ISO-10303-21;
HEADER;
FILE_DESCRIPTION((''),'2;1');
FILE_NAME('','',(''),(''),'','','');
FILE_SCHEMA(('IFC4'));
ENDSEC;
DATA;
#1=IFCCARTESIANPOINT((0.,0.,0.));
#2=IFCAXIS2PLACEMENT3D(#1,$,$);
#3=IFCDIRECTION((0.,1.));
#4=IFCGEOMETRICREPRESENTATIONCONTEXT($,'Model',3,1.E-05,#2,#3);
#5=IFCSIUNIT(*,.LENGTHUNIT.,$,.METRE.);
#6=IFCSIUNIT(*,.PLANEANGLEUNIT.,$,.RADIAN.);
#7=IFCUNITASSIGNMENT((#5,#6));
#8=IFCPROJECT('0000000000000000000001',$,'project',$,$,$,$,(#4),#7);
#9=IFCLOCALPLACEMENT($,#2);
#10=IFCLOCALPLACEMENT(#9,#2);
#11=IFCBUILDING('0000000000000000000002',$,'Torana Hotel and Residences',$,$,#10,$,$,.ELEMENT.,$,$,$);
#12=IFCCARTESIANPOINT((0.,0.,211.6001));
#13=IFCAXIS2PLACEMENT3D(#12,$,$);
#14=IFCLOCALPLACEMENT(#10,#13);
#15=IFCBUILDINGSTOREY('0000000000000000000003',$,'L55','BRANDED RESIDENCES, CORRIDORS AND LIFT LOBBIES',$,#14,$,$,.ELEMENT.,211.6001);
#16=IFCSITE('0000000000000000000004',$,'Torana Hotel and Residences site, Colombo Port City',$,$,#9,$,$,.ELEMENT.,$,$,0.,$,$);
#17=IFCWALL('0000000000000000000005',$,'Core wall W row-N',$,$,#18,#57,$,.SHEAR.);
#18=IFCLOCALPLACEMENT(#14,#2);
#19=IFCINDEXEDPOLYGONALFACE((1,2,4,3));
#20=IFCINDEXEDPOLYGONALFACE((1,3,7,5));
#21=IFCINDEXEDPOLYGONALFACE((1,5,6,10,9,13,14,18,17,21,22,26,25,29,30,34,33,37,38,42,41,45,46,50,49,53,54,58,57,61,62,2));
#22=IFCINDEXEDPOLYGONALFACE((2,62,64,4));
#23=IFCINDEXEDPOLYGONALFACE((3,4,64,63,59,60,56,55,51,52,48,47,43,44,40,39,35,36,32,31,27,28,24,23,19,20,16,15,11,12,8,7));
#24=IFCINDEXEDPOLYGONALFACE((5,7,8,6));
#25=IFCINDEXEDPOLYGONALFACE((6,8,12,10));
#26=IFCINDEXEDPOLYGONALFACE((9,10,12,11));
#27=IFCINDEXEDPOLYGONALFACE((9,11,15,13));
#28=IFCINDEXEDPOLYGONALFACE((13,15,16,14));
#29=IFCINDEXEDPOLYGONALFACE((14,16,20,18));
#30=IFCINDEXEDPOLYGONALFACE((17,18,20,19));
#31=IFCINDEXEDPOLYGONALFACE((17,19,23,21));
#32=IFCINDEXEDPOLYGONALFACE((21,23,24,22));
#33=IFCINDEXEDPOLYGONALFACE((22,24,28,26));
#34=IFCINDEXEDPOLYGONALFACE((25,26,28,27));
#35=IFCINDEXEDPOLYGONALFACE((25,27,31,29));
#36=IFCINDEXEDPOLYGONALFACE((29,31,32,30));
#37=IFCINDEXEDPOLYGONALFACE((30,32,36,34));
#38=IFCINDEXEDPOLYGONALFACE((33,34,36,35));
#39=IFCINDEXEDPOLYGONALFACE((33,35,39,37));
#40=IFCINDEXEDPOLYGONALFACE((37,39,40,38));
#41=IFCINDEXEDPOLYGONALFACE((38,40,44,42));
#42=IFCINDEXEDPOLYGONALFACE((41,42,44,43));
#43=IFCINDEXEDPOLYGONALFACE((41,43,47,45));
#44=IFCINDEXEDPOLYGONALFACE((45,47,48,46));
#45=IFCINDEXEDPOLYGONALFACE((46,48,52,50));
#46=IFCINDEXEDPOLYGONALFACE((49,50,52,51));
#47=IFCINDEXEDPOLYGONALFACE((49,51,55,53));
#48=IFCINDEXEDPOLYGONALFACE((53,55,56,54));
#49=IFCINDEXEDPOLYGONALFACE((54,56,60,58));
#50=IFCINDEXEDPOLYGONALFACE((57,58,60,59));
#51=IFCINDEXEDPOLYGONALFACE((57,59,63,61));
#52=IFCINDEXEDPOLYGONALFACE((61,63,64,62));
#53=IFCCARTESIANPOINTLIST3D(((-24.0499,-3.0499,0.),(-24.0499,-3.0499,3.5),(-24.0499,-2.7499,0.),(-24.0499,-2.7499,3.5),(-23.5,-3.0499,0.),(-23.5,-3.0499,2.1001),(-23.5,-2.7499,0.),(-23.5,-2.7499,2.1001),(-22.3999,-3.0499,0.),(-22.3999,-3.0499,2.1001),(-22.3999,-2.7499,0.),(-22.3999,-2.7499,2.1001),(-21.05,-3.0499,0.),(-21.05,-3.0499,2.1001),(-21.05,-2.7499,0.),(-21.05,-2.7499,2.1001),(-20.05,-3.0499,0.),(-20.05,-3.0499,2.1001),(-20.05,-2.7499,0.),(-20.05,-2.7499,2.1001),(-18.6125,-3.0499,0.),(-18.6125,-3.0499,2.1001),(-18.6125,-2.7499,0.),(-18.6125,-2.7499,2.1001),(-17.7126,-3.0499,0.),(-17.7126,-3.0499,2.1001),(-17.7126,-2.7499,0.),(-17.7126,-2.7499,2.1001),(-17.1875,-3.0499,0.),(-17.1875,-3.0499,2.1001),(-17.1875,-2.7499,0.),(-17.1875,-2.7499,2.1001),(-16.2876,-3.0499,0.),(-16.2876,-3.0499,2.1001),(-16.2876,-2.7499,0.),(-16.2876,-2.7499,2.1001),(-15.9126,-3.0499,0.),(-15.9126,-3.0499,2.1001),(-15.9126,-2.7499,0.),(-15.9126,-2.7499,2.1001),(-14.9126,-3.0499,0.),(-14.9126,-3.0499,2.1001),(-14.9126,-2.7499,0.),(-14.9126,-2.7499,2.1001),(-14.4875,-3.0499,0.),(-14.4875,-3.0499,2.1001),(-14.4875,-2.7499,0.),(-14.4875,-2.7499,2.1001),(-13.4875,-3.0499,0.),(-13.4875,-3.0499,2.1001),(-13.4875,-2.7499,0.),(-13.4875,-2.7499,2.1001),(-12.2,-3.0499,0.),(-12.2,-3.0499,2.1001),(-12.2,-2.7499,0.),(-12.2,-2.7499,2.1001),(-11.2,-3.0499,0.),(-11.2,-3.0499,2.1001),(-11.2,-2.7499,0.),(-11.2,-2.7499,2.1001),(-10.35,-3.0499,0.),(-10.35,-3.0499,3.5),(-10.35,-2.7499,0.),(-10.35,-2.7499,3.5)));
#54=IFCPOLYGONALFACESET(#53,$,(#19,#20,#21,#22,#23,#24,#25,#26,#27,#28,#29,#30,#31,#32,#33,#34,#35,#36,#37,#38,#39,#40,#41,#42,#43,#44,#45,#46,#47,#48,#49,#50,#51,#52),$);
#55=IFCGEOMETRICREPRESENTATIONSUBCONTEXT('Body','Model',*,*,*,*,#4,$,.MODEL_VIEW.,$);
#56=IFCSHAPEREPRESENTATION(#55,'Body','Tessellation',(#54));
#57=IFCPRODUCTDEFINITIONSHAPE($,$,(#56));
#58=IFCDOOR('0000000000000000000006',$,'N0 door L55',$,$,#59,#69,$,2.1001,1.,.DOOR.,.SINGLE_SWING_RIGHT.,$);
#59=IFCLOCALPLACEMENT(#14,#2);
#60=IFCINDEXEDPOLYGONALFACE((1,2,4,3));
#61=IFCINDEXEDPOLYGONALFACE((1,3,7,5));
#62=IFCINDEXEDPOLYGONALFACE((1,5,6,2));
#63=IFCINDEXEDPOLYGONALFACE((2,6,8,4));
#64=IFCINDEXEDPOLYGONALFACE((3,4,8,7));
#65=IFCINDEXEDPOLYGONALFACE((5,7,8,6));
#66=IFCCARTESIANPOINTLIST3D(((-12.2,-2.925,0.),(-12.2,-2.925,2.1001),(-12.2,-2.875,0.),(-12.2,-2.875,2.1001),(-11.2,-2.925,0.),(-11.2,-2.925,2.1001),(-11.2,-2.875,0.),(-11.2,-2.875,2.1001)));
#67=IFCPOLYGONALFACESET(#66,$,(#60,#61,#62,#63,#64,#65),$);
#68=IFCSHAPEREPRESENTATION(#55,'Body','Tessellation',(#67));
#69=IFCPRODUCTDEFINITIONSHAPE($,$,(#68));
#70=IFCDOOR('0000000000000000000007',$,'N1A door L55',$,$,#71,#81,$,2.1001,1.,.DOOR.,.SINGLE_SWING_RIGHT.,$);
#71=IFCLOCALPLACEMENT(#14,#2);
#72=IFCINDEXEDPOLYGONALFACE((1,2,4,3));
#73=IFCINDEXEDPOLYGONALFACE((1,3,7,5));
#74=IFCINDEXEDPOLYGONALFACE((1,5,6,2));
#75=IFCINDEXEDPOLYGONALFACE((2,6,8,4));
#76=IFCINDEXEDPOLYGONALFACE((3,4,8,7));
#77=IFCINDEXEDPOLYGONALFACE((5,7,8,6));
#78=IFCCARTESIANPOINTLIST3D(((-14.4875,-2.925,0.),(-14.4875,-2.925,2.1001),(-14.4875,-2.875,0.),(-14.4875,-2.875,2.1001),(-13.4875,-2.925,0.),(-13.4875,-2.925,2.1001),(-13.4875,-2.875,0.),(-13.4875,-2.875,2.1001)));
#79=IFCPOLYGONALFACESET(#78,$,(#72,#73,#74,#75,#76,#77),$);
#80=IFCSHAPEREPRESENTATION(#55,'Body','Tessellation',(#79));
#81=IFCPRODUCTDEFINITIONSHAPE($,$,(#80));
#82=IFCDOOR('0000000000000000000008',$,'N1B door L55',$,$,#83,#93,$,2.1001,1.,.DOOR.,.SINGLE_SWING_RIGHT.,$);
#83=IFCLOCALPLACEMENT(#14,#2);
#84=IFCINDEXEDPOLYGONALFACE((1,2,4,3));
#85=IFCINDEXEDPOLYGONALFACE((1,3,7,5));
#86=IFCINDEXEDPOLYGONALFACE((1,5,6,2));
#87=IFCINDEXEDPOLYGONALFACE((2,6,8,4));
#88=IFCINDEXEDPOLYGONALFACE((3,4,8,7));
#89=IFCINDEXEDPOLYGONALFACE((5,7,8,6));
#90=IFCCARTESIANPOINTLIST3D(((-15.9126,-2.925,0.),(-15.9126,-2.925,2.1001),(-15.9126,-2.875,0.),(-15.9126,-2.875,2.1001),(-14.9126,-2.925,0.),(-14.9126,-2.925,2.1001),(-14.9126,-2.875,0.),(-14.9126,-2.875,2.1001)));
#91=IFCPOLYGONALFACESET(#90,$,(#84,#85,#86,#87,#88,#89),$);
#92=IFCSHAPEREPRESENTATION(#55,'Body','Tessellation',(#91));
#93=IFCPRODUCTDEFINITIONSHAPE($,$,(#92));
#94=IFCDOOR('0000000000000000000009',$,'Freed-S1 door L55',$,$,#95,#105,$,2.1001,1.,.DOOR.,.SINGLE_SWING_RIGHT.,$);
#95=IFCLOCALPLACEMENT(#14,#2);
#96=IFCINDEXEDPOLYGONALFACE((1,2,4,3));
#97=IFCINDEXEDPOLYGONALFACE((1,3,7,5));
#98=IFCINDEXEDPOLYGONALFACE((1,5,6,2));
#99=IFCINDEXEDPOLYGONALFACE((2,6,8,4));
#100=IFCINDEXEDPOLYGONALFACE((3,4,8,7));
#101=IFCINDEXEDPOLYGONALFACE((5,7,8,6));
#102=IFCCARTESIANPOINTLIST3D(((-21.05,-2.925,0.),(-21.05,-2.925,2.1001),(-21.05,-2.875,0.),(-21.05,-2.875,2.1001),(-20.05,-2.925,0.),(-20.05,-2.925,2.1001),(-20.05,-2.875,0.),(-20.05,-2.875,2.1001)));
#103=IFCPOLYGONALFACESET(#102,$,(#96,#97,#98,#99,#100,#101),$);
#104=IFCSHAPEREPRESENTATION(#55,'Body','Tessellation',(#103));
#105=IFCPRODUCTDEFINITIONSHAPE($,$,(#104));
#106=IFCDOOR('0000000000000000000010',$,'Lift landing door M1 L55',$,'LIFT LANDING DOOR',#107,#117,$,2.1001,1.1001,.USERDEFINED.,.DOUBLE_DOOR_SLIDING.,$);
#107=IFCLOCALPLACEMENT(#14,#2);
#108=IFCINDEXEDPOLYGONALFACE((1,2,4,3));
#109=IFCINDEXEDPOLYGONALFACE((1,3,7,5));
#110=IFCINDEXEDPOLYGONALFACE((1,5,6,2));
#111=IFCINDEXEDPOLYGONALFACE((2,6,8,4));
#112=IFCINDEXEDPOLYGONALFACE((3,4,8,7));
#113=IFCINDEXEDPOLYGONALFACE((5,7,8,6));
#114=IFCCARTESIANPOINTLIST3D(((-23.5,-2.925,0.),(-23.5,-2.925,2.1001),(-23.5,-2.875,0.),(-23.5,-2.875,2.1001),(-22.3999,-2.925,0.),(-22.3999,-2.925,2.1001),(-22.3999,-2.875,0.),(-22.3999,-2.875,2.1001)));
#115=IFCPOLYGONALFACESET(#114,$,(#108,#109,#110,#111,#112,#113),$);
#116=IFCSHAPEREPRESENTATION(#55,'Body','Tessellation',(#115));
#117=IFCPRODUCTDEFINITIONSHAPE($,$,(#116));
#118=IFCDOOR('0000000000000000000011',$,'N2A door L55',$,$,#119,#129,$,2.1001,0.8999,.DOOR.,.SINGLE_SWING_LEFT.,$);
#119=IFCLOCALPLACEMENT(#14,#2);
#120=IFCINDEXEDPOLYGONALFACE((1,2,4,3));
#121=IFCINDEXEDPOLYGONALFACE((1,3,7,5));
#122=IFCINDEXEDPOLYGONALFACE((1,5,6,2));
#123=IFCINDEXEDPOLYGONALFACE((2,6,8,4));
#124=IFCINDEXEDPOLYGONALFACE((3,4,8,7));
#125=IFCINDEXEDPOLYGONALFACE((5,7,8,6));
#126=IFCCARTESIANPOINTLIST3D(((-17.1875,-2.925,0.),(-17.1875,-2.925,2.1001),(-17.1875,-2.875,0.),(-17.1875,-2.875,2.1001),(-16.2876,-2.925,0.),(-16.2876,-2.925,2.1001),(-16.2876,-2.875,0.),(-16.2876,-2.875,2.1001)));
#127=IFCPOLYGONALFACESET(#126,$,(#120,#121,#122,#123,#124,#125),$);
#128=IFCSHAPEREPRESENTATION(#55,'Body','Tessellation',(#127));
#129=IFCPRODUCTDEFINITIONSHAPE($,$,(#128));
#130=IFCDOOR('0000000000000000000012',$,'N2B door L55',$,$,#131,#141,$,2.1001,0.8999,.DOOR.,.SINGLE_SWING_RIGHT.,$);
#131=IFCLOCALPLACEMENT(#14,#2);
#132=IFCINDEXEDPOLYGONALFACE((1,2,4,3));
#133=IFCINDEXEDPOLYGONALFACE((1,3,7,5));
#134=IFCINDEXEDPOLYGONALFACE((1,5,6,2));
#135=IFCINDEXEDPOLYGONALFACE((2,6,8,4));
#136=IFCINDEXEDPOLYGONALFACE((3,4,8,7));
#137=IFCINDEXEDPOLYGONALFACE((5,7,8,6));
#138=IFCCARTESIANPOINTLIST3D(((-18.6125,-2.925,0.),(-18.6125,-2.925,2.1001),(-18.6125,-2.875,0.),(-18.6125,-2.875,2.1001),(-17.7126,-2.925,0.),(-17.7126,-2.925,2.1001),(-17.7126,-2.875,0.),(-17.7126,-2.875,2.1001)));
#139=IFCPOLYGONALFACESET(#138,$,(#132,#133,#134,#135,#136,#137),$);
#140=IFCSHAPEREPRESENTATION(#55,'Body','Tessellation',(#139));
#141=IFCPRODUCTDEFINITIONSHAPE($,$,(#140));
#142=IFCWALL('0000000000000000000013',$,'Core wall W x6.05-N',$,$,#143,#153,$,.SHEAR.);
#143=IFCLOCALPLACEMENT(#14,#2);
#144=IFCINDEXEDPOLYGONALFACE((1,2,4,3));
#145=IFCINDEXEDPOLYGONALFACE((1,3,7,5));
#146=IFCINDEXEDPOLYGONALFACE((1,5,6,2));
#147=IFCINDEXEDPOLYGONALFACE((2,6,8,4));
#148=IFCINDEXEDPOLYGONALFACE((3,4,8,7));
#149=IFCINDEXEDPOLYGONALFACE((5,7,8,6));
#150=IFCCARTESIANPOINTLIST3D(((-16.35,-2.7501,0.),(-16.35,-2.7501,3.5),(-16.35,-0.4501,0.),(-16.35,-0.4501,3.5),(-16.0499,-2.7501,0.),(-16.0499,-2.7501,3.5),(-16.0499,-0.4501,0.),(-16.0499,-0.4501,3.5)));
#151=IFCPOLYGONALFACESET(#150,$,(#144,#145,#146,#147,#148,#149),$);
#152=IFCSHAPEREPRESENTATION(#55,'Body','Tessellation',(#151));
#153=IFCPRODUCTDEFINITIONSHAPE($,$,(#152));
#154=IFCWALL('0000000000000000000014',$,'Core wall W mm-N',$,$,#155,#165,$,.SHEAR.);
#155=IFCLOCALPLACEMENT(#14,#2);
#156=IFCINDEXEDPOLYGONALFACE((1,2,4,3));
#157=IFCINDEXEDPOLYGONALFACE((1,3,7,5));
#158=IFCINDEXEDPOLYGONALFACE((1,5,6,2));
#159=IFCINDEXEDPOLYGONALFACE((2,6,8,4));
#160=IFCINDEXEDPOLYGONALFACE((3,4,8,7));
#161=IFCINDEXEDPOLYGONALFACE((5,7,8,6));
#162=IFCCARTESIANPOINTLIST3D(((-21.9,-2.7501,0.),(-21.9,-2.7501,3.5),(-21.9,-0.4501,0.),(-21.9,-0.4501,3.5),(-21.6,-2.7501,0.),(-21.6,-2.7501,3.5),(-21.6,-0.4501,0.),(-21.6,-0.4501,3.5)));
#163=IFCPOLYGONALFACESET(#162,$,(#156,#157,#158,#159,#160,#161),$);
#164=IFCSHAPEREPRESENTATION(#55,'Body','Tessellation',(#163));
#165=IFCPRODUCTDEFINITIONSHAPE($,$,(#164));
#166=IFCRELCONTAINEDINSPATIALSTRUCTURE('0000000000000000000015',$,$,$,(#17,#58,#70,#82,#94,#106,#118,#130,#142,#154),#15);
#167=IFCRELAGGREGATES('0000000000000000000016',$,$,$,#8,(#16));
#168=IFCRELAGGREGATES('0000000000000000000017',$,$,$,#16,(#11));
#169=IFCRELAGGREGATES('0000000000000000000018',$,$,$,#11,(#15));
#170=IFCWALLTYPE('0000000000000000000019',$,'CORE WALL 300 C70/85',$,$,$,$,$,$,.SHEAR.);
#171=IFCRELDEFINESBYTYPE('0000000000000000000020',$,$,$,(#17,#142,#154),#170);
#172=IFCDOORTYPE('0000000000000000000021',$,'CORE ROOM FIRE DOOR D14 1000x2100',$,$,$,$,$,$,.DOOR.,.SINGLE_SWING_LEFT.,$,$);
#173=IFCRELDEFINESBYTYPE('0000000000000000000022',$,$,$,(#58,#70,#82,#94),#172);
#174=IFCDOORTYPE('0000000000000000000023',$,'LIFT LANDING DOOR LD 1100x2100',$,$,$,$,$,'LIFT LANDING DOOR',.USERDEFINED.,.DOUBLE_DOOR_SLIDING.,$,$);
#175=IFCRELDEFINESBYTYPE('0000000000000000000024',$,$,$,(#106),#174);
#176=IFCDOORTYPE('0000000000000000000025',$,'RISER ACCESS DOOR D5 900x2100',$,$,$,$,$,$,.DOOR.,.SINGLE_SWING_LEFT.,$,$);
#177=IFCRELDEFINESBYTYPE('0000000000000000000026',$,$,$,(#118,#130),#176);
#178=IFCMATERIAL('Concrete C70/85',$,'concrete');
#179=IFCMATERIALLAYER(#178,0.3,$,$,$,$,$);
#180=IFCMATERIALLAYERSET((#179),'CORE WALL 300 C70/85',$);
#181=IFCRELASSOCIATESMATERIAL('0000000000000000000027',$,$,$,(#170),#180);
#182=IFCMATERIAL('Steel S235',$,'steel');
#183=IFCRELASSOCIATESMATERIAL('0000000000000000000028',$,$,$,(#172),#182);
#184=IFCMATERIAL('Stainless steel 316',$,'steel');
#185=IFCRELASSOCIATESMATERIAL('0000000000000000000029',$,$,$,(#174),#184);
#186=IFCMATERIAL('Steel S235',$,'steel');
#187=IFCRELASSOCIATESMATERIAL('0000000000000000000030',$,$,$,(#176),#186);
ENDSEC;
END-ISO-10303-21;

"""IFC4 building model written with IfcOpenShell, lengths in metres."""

from ifc_helpers import new_model, si_unit, direction, frame, frame_2d, origin, place, context, subcontext, project, spatial, rectangle, extrude, material, layer, layer_set, type_object, element, fill, save


model = new_model("IFC4")

# Units and contexts
model_context = context("Model", 3, precision=1e-05, world=origin(), true_north=direction((0.0, 1.0)))
body_context = subcontext(model_context, "Body", "Model", "MODEL_VIEW")
ifc_project = project(units=[si_unit("LENGTHUNIT", "METRE"), si_unit("PLANEANGLEUNIT", "RADIAN")], contexts=[model_context])

# Site, building, storey
site_placement = place(None, origin())
site = spatial("IfcSite", under=ifc_project, at=site_placement, Name="Torana Hotel and Residences site, Colombo Port City", CompositionType="ELEMENT", RefElevation=0.0)
building_placement = place(site_placement, origin())
building = spatial("IfcBuilding", under=site, at=building_placement, Name="Torana Hotel and Residences", CompositionType="ELEMENT")
storey_placement = place(building_placement, frame((0.0, 0.0, 211.6001)))
storey = spatial("IfcBuildingStorey", under=building, at=storey_placement, Name="L55", Description="BRANDED RESIDENCES, CORRIDORS AND LIFT LOBBIES", CompositionType="ELEMENT", Elevation=211.6001)

# Wall, openings, doors
ifc_material_1 = material(Name="Concrete C70/85", Category="concrete")
ifc_layer_1 = layer(ifc_material_1, 0.3)
ifc_layer_set_1 = layer_set([ifc_layer_1], Name="CORE WALL 300 C70/85")
wall_type_1 = type_object("IfcWallType", Name="CORE WALL 300 C70/85", PredefinedType="SHEAR", material=ifc_layer_set_1)
wall_1_placement = place(storey_placement, frame((-24.05, -2.8999, 0.0), z_axis=(0.0, 0.0, 1.0), x_axis=(1.0, 0.0, 0.0)))
wall_1 = element("IfcWall", 1, at=wall_1_placement, inside=storey, type_object=wall_type_1, Name="Core wall W row-N", PredefinedType="SHEAR", context=body_context, shape_type="SweptSolid", body=[
    extrude(rectangle(XDim=13.7, YDim=0.3, at=frame_2d((6.8501, 0.0))), origin(), (0.0, 0.0, 1.0), 3.5),
])
opening_1_placement = place(wall_1_placement, frame((0.55, 0.0, 0.0)))
opening_1 = element("IfcOpeningElement", 2, at=opening_1_placement, cuts=wall_1, PredefinedType="OPENING", context=body_context, shape_type="SweptSolid", body=[
    extrude(rectangle(XDim=1.1001, YDim=2.1001, at=frame_2d((0.55, 1.05))), frame((0.0, 0.1599, 0.0), z_axis=(0.0, -1.0, 0.0), x_axis=(1.0, 0.0, 0.0)), (0.0, 0.0, 1.0), 0.3201),
])
opening_2_placement = place(wall_1_placement, frame((6.8625, 0.0, 0.0)))
opening_2 = element("IfcOpeningElement", 3, at=opening_2_placement, cuts=wall_1, PredefinedType="OPENING", context=body_context, shape_type="SweptSolid", body=[
    extrude(rectangle(XDim=0.8999, YDim=2.1001, at=frame_2d((0.45, 1.05))), frame((0.0, 0.1599, 0.0), z_axis=(0.0, -1.0, 0.0), x_axis=(1.0, 0.0, 0.0)), (0.0, 0.0, 1.0), 0.3201),
])
opening_3_placement = place(wall_1_placement, frame((5.4375, 0.0, 0.0)))
opening_3 = element("IfcOpeningElement", 4, at=opening_3_placement, cuts=wall_1, PredefinedType="OPENING", context=body_context, shape_type="SweptSolid", body=[
    extrude(rectangle(XDim=0.8999, YDim=2.1001, at=frame_2d((0.45, 1.05))), frame((0.0, 0.1599, 0.0), z_axis=(0.0, -1.0, 0.0), x_axis=(1.0, 0.0, 0.0)), (0.0, 0.0, 1.0), 0.3201),
])
opening_4_placement = place(wall_1_placement, frame((11.8501, 0.0, 0.0)))
opening_4 = element("IfcOpeningElement", 5, at=opening_4_placement, cuts=wall_1, PredefinedType="OPENING", context=body_context, shape_type="SweptSolid", body=[
    extrude(rectangle(XDim=1.0, YDim=2.1001, at=frame_2d((0.5, 1.05))), frame((0.0, 0.1599, 0.0), z_axis=(0.0, -1.0, 0.0), x_axis=(1.0, 0.0, 0.0)), (0.0, 0.0, 1.0), 0.3201),
])
opening_5_placement = place(wall_1_placement, frame((9.5625, 0.0, 0.0)))
opening_5 = element("IfcOpeningElement", 6, at=opening_5_placement, cuts=wall_1, PredefinedType="OPENING", context=body_context, shape_type="SweptSolid", body=[
    extrude(rectangle(XDim=1.0, YDim=2.1001, at=frame_2d((0.5, 1.05))), frame((0.0, 0.1599, 0.0), z_axis=(0.0, -1.0, 0.0), x_axis=(1.0, 0.0, 0.0)), (0.0, 0.0, 1.0), 0.3201),
])
opening_6_placement = place(wall_1_placement, frame((8.1375, 0.0, 0.0)))
opening_6 = element("IfcOpeningElement", 7, at=opening_6_placement, cuts=wall_1, PredefinedType="OPENING", context=body_context, shape_type="SweptSolid", body=[
    extrude(rectangle(XDim=1.0, YDim=2.1001, at=frame_2d((0.5, 1.05))), frame((0.0, 0.1599, 0.0), z_axis=(0.0, -1.0, 0.0), x_axis=(1.0, 0.0, 0.0)), (0.0, 0.0, 1.0), 0.3201),
])
opening_7_placement = place(wall_1_placement, frame((3.0, 0.0, 0.0)))
opening_7 = element("IfcOpeningElement", 8, at=opening_7_placement, cuts=wall_1, PredefinedType="OPENING", context=body_context, shape_type="SweptSolid", body=[
    extrude(rectangle(XDim=1.0, YDim=2.1001, at=frame_2d((0.5, 1.05))), frame((0.0, 0.1599, 0.0), z_axis=(0.0, -1.0, 0.0), x_axis=(1.0, 0.0, 0.0)), (0.0, 0.0, 1.0), 0.3201),
])
ifc_material_2 = material(Name="Steel S235", Category="steel")
door_type_1 = type_object("IfcDoorType", Name="CORE ROOM FIRE DOOR D14 1000x2100", OperationType="SINGLE_SWING_LEFT", PredefinedType="DOOR", material=ifc_material_2)
door_1_placement = place(opening_4_placement, origin())
door_1 = element("IfcDoor", 9, at=door_1_placement, inside=storey, type_object=door_type_1, Name="N0 door L55", OperationType="SINGLE_SWING_RIGHT", OverallHeight=2.1001, OverallWidth=1.0, PredefinedType="DOOR", context=body_context, shape_type="SweptSolid", body=[
    extrude(rectangle(XDim=1.0, YDim=2.1001, at=frame_2d((0.5, 1.05))), frame((0.0, 0.0249, 0.0), z_axis=(0.0, -1.0, 0.0), x_axis=(1.0, 0.0, 0.0)), (0.0, 0.0, 1.0), 0.05),
])
fill(opening_4, door_1)
door_2_placement = place(opening_5_placement, origin())
door_2 = element("IfcDoor", 10, at=door_2_placement, inside=storey, type_object=door_type_1, Name="N1A door L55", OperationType="SINGLE_SWING_RIGHT", OverallHeight=2.1001, OverallWidth=1.0, PredefinedType="DOOR", context=body_context, shape_type="SweptSolid", body=[
    extrude(rectangle(XDim=1.0, YDim=2.1001, at=frame_2d((0.5, 1.05))), frame((0.0, 0.0249, 0.0), z_axis=(0.0, -1.0, 0.0), x_axis=(1.0, 0.0, 0.0)), (0.0, 0.0, 1.0), 0.05),
])
fill(opening_5, door_2)
door_3_placement = place(opening_6_placement, origin())
door_3 = element("IfcDoor", 11, at=door_3_placement, inside=storey, type_object=door_type_1, Name="N1B door L55", OperationType="SINGLE_SWING_RIGHT", OverallHeight=2.1001, OverallWidth=1.0, PredefinedType="DOOR", context=body_context, shape_type="SweptSolid", body=[
    extrude(rectangle(XDim=1.0, YDim=2.1001, at=frame_2d((0.5, 1.05))), frame((0.0, 0.0249, 0.0), z_axis=(0.0, -1.0, 0.0), x_axis=(1.0, 0.0, 0.0)), (0.0, 0.0, 1.0), 0.05),
])
fill(opening_6, door_3)
door_4_placement = place(opening_7_placement, origin())
door_4 = element("IfcDoor", 12, at=door_4_placement, inside=storey, type_object=door_type_1, Name="Freed-S1 door L55", OperationType="SINGLE_SWING_RIGHT", OverallHeight=2.1001, OverallWidth=1.0, PredefinedType="DOOR", context=body_context, shape_type="SweptSolid", body=[
    extrude(rectangle(XDim=1.0, YDim=2.1001, at=frame_2d((0.5, 1.05))), frame((0.0, 0.0249, 0.0), z_axis=(0.0, -1.0, 0.0), x_axis=(1.0, 0.0, 0.0)), (0.0, 0.0, 1.0), 0.05),
])
fill(opening_7, door_4)
ifc_material_3 = material(Name="Stainless steel 316", Category="steel")
door_type_2 = type_object("IfcDoorType", Name="LIFT LANDING DOOR LD 1100x2100", ElementType="LIFT LANDING DOOR", OperationType="DOUBLE_DOOR_SLIDING", PredefinedType="USERDEFINED", material=ifc_material_3)
door_5_placement = place(opening_1_placement, origin())
door_5 = element("IfcDoor", 13, at=door_5_placement, inside=storey, type_object=door_type_2, Name="Lift landing door M1 L55", ObjectType="LIFT LANDING DOOR", OperationType="DOUBLE_DOOR_SLIDING", OverallHeight=2.1001, OverallWidth=1.1001, PredefinedType="USERDEFINED", context=body_context, shape_type="SweptSolid", body=[
    extrude(rectangle(XDim=1.1001, YDim=2.1001, at=frame_2d((0.55, 1.05))), frame((0.0, 0.0249, 0.0), z_axis=(0.0, -1.0, 0.0), x_axis=(1.0, 0.0, 0.0)), (0.0, 0.0, 1.0), 0.05),
])
fill(opening_1, door_5)
ifc_material_4 = material(Name="Steel S235", Category="steel")
door_type_3 = type_object("IfcDoorType", Name="RISER ACCESS DOOR D5 900x2100", OperationType="SINGLE_SWING_LEFT", PredefinedType="DOOR", material=ifc_material_4)
door_6_placement = place(opening_2_placement, origin())
door_6 = element("IfcDoor", 14, at=door_6_placement, inside=storey, type_object=door_type_3, Name="N2A door L55", OperationType="SINGLE_SWING_LEFT", OverallHeight=2.1001, OverallWidth=0.8999, PredefinedType="DOOR", context=body_context, shape_type="SweptSolid", body=[
    extrude(rectangle(XDim=0.8999, YDim=2.1001, at=frame_2d((0.45, 1.05))), frame((0.0, 0.0249, 0.0), z_axis=(0.0, -1.0, 0.0), x_axis=(1.0, 0.0, 0.0)), (0.0, 0.0, 1.0), 0.05),
])
fill(opening_2, door_6)
door_7_placement = place(opening_3_placement, origin())
door_7 = element("IfcDoor", 15, at=door_7_placement, inside=storey, type_object=door_type_3, Name="N2B door L55", OperationType="SINGLE_SWING_RIGHT", OverallHeight=2.1001, OverallWidth=0.8999, PredefinedType="DOOR", context=body_context, shape_type="SweptSolid", body=[
    extrude(rectangle(XDim=0.8999, YDim=2.1001, at=frame_2d((0.45, 1.05))), frame((0.0, 0.0249, 0.0), z_axis=(0.0, -1.0, 0.0), x_axis=(1.0, 0.0, 0.0)), (0.0, 0.0, 1.0), 0.05),
])
fill(opening_3, door_7)

# Walls
for number, where, z_axis, x_axis, name in (
    (16, (-16.2, -2.75, 0.0), (0.0, 0.0, 1.0), (0.0, 1.0, 0.0), "Core wall W x6.05-N"),
    (17, (-21.75, -2.75, 0.0), (0.0, 0.0, 1.0), (0.0, 1.0, 0.0), "Core wall W mm-N"),
):
    element("IfcWall", number, at=place(storey_placement, frame(where, z_axis=z_axis, x_axis=x_axis)), inside=storey, type_object=wall_type_1, Name=name, PredefinedType="SHEAR", context=body_context, shape_type="SweptSolid", body=[
        extrude(rectangle(XDim=2.3, YDim=0.3, at=frame_2d((1.1499, 0.0))), origin(), (0.0, 0.0, 1.0), 3.5),
    ])

save(model, "model.ifc")
